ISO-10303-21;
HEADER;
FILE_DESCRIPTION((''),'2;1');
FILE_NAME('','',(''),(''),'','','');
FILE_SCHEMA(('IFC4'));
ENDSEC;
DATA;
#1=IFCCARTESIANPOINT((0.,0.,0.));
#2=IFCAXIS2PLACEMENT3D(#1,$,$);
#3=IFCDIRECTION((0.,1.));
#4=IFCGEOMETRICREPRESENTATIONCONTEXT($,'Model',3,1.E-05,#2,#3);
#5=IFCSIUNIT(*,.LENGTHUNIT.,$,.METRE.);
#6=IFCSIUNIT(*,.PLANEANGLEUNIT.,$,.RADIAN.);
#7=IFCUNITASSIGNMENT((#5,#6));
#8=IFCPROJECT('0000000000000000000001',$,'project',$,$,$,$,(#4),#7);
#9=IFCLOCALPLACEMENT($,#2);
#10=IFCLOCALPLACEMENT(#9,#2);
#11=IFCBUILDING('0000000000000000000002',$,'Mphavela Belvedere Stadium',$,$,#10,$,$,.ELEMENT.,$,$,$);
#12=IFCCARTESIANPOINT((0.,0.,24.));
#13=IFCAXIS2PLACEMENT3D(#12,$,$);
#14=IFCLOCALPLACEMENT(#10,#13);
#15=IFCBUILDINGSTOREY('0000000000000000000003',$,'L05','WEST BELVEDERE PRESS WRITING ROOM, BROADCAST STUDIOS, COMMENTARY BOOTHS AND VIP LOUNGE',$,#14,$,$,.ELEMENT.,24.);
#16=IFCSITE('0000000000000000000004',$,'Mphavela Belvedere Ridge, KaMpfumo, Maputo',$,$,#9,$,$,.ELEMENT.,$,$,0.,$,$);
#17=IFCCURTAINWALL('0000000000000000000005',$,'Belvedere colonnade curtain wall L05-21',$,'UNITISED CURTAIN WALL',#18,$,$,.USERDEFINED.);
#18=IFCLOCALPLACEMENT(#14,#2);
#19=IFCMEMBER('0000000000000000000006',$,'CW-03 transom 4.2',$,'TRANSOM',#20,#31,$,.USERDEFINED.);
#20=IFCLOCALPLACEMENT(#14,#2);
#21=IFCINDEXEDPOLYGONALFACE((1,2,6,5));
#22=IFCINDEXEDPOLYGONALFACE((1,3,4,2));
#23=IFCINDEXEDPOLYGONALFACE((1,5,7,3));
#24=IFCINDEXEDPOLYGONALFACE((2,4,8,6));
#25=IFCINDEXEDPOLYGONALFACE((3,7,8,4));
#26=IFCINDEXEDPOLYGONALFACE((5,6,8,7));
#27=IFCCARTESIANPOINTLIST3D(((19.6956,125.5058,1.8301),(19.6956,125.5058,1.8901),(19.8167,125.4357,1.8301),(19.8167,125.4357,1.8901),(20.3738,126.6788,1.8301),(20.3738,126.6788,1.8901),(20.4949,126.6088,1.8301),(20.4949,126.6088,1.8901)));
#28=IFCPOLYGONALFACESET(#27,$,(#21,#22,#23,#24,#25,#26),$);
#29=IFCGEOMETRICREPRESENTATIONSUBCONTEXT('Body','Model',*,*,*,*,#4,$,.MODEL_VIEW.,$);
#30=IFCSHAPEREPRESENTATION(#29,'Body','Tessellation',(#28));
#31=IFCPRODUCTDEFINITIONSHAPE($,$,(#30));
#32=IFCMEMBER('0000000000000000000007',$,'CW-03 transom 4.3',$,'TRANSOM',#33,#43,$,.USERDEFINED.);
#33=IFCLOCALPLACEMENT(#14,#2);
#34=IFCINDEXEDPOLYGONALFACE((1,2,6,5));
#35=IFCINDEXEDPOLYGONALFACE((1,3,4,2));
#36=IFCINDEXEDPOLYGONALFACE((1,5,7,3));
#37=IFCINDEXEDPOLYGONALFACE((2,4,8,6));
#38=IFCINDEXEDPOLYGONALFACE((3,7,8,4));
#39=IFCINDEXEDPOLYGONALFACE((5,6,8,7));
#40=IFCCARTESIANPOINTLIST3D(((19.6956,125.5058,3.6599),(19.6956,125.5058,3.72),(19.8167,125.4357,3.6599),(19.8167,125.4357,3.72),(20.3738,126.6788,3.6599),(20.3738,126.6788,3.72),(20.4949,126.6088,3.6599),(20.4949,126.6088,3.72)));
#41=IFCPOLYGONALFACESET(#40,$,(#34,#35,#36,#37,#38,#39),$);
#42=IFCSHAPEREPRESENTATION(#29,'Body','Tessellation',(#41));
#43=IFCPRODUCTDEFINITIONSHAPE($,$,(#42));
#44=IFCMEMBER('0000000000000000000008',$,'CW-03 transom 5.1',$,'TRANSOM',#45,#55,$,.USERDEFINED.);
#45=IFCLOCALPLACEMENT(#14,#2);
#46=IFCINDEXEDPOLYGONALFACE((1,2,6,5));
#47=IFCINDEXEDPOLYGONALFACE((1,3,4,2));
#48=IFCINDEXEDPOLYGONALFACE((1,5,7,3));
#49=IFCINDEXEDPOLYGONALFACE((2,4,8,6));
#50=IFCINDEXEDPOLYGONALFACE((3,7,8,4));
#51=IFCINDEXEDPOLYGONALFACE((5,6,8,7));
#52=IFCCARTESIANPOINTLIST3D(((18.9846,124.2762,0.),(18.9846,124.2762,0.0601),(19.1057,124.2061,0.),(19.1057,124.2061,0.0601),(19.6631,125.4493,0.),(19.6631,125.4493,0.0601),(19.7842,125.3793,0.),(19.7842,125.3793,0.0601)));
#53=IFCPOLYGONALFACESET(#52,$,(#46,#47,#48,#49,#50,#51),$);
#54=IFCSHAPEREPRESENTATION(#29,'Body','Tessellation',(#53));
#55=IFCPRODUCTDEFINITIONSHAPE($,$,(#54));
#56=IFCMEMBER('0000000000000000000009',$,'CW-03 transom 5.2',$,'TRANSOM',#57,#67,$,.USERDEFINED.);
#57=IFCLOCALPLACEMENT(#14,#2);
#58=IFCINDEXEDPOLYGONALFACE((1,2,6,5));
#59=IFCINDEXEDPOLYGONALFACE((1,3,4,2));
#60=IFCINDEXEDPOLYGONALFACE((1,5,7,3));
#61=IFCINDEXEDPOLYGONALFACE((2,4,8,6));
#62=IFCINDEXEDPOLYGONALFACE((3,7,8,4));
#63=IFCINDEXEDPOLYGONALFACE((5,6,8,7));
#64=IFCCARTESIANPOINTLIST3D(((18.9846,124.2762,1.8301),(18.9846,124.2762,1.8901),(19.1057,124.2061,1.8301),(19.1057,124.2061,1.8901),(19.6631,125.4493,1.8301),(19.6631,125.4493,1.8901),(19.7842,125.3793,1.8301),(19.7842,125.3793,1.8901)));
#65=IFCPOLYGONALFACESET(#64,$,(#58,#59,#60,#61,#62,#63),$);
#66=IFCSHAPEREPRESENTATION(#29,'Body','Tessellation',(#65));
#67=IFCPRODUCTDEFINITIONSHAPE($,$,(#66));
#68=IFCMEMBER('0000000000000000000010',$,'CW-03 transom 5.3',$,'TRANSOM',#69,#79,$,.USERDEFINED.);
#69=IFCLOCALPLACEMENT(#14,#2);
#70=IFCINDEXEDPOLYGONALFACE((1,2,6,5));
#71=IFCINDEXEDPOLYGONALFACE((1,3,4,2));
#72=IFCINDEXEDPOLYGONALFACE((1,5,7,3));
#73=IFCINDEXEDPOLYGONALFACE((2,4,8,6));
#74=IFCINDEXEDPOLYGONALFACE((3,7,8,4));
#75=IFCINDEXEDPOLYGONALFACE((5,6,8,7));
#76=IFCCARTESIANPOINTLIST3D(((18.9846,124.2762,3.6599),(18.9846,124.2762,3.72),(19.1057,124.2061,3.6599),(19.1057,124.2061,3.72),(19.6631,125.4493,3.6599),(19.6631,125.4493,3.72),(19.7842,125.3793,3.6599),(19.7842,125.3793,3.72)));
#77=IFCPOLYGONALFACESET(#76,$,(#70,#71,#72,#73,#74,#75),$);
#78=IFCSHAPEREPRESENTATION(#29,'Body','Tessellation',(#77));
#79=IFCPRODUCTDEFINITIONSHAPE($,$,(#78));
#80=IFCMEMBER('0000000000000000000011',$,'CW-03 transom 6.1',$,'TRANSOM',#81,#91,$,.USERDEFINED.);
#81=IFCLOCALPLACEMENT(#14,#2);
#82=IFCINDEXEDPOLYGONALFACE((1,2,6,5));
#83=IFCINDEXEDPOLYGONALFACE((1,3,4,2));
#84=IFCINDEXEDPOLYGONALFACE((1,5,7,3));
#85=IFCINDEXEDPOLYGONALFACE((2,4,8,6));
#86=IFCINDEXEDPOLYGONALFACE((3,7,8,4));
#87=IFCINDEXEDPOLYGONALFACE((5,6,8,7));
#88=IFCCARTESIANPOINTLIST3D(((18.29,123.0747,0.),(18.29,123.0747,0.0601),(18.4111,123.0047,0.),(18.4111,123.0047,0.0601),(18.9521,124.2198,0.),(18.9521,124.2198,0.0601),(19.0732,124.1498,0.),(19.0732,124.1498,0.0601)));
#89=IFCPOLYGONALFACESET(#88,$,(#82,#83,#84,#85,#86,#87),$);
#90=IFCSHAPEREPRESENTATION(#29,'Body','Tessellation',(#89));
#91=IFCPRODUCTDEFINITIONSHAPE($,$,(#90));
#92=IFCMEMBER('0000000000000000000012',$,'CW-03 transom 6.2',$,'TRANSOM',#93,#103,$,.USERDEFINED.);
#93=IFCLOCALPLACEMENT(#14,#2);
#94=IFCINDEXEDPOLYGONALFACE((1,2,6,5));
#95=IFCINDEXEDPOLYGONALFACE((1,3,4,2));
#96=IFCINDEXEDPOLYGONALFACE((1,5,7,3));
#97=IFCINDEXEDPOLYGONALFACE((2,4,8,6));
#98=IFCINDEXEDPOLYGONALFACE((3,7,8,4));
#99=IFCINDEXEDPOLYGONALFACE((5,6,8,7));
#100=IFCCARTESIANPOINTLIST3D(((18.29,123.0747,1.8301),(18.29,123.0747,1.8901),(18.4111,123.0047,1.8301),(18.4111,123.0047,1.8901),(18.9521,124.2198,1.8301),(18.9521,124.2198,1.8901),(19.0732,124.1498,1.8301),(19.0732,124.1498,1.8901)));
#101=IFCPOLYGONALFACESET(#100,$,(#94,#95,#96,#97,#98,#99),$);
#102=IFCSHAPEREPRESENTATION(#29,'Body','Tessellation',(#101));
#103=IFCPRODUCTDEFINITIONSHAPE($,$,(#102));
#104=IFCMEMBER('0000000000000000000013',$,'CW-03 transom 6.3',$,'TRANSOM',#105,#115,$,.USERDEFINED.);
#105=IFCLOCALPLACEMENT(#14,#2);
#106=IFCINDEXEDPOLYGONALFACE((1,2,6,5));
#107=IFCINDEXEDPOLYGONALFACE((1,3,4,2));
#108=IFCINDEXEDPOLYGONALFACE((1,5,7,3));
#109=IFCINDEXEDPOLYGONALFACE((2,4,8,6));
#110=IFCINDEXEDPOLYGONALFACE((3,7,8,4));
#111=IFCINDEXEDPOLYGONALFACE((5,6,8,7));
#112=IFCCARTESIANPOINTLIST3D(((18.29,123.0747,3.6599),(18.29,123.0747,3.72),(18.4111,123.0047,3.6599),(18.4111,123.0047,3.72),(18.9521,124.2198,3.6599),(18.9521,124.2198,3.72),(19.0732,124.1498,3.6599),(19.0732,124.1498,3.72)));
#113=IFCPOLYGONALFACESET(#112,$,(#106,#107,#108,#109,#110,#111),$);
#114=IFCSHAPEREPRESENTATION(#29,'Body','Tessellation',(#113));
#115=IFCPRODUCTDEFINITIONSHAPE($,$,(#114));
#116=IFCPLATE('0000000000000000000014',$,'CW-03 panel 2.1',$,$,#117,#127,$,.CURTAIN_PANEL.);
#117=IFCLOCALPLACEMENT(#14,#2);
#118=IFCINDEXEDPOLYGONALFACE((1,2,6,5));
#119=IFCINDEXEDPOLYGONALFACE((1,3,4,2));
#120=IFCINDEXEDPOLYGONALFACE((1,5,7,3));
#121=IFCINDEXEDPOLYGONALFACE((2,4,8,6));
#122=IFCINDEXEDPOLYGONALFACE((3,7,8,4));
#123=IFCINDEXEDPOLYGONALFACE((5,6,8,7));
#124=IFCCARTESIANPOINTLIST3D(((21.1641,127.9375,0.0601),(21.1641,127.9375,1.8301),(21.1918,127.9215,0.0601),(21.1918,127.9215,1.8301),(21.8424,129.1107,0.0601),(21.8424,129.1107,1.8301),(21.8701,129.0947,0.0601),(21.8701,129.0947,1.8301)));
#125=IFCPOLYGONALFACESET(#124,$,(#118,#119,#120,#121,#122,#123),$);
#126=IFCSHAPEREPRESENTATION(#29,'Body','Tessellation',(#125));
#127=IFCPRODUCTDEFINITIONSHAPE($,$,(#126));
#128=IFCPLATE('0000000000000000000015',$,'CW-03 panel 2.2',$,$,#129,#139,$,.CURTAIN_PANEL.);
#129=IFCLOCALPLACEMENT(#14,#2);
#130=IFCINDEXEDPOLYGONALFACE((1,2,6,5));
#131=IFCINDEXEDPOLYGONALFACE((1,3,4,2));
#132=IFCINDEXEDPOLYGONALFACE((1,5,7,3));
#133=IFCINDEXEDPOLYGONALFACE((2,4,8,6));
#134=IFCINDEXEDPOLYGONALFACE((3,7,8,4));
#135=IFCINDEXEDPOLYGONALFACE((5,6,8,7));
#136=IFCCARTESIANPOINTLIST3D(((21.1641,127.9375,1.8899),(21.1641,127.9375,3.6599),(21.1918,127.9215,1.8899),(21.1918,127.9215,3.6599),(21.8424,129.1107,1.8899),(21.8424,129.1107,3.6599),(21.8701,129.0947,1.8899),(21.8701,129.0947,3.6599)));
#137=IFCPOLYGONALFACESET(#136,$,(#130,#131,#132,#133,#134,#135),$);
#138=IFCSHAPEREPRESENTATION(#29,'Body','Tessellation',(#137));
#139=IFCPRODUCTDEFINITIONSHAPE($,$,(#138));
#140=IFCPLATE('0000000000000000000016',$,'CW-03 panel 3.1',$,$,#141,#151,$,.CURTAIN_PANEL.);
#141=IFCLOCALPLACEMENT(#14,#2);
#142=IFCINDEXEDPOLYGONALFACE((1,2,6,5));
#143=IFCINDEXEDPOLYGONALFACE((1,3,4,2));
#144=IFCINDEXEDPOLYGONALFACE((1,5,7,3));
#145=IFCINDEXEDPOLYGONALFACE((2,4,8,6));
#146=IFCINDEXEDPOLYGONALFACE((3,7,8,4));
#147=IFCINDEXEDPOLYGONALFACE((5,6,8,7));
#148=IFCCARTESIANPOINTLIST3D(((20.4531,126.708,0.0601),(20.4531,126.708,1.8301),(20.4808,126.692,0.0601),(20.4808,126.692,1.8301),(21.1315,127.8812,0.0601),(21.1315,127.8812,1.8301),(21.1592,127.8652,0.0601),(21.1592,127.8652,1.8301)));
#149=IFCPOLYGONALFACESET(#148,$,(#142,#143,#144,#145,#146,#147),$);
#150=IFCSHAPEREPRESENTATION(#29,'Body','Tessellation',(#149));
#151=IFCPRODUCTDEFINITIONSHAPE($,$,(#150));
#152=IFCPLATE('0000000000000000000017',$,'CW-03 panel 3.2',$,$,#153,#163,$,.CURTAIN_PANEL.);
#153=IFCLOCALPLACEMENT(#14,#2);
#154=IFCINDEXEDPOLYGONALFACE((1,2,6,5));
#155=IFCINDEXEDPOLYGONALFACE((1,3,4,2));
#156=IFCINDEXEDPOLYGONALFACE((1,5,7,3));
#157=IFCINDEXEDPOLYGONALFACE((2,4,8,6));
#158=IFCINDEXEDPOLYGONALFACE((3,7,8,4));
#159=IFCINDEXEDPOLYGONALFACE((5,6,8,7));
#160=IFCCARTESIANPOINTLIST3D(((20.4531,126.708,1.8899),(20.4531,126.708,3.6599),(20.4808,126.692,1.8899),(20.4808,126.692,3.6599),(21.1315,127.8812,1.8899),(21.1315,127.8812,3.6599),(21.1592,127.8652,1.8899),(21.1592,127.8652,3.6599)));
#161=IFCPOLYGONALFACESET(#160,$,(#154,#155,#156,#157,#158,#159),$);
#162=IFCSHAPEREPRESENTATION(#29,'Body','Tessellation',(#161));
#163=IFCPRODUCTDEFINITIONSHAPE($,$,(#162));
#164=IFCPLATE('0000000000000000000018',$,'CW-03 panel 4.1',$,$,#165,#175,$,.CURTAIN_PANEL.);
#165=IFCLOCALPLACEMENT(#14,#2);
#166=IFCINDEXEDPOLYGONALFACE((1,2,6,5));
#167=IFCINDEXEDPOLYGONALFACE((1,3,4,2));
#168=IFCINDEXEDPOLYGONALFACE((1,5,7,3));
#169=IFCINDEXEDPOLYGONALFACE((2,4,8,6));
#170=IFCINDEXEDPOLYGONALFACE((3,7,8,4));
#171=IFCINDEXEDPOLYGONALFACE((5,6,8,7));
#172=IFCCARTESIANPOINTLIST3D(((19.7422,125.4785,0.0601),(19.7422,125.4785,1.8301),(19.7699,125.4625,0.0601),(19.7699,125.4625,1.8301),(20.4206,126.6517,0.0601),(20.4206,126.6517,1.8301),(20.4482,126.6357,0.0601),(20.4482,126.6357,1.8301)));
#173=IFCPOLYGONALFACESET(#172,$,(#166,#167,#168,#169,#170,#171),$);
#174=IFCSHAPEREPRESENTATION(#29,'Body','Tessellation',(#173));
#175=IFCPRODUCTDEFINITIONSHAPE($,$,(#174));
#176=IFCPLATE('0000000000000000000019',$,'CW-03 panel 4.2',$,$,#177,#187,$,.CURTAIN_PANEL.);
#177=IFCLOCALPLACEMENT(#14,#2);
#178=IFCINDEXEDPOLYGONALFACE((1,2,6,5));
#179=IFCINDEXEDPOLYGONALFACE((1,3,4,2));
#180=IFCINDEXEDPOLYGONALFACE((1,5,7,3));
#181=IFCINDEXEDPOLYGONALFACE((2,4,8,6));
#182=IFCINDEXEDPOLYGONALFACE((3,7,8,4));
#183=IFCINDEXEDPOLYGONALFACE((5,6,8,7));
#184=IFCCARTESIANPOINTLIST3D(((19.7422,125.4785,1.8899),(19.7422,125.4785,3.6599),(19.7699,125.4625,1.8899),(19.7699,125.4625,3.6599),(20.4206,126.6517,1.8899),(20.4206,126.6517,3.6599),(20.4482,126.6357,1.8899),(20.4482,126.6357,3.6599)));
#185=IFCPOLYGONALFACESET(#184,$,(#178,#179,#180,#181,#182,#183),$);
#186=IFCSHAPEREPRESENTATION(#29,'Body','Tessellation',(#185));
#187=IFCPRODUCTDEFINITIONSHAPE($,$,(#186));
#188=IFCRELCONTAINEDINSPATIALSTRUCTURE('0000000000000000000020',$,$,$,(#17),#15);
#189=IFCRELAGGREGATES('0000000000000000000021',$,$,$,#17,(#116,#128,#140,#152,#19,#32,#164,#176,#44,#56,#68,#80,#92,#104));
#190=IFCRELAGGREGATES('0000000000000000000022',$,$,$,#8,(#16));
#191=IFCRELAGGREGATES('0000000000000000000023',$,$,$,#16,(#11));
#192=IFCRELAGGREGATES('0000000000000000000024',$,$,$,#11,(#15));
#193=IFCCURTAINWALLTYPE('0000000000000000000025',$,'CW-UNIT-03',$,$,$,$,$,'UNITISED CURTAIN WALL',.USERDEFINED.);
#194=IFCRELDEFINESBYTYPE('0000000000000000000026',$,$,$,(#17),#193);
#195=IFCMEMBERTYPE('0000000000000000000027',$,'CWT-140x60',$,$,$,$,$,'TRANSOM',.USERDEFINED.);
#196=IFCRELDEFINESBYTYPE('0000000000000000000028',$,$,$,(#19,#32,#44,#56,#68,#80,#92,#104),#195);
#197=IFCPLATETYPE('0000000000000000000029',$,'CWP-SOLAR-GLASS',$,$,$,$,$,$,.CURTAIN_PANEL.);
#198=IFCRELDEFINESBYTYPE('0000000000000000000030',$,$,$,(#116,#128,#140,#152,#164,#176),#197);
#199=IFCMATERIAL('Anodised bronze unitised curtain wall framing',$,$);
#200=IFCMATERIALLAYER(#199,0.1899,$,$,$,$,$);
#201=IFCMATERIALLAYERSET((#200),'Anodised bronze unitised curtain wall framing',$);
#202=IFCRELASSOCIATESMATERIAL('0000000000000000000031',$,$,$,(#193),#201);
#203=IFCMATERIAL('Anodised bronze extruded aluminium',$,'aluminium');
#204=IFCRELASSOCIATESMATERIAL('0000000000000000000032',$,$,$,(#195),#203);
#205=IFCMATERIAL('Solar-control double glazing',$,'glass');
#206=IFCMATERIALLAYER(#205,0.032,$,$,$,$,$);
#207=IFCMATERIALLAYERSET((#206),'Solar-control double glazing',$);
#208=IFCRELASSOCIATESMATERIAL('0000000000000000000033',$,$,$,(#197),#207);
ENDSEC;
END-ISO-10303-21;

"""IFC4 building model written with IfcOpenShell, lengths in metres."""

from ifc_helpers import new_model, si_unit, direction, frame, origin, origin_2d, place, context, subcontext, project, spatial, rectangle, extrude, material, layer, layer_set, material_profile, profile_set, type_object, element, aggregate, save


model = new_model("IFC4")

# Units and contexts
model_context = context("Model", 3, precision=1e-05, world=origin(), true_north=direction((0.0, 1.0)))
body_context = subcontext(model_context, "Body", "Model", "MODEL_VIEW")
ifc_project = project(units=[si_unit("LENGTHUNIT", "METRE"), si_unit("PLANEANGLEUNIT", "RADIAN")], contexts=[model_context])

# Site, building, storey
site_placement = place(None, origin())
site = spatial("IfcSite", under=ifc_project, at=site_placement, Name="Mphavela Belvedere Ridge, KaMpfumo, Maputo", CompositionType="ELEMENT", RefElevation=0.0)
building_placement = place(site_placement, origin())
building = spatial("IfcBuilding", under=site, at=building_placement, Name="Mphavela Belvedere Stadium", CompositionType="ELEMENT")
storey_placement = place(building_placement, frame((0.0, 0.0, 24.0)))
storey = spatial("IfcBuildingStorey", under=building, at=storey_placement, Name="L05", Description="WEST BELVEDERE PRESS WRITING ROOM, BROADCAST STUDIOS, COMMENTARY BOOTHS AND VIP LOUNGE", CompositionType="ELEMENT", Elevation=24.0)

# Curtain wall, members, plates
ifc_material_1 = material(Name="Anodised bronze unitised curtain wall framing")
ifc_layer_1 = layer(ifc_material_1, 0.1899)
ifc_layer_set_1 = layer_set([ifc_layer_1], Name="Anodised bronze unitised curtain wall framing")
curtain_wall_type = type_object("IfcCurtainWallType", Name="CW-UNIT-03", ElementType="UNITISED CURTAIN WALL", PredefinedType="USERDEFINED", material=ifc_layer_set_1)
curtain_wall_placement = place(storey_placement, origin())
curtain_wall = element("IfcCurtainWall", 1, at=curtain_wall_placement, inside=storey, type_object=curtain_wall_type, Name="Belvedere colonnade curtain wall L05-21", ObjectType="UNITISED CURTAIN WALL", PredefinedType="USERDEFINED")
ifc_material_2 = material(Name="Anodised bronze extruded aluminium", Category="aluminium")
ifc_material_profile_1 = material_profile(ifc_material_2, rectangle(XDim=0.1399, YDim=0.0601, at=origin_2d()), Name="CW-TRN 140x60")
ifc_profile_set_1 = profile_set([ifc_material_profile_1], Name="Anodised bronze extruded aluminium")
member_type_1 = type_object("IfcMemberType", Name="CWT-140x60", ElementType="TRANSOM", PredefinedType="USERDEFINED", material=ifc_profile_set_1)
member_1_placement = place(storey_placement, frame((20.4343, 126.6438, 1.8601), z_axis=(-0.500518, -0.865726, 0.0), x_axis=(0.865726, -0.500518, 0.0)))
member_1 = element("IfcMember", 2, at=member_1_placement, type_object=member_type_1, Name="CW-03 transom 4.2", ObjectType="TRANSOM", PredefinedType="USERDEFINED", context=body_context, shape_type="SweptSolid", body=[
    extrude(rectangle(XDim=0.1399, YDim=0.0601, at=origin_2d()), origin(), (0.0, 0.0, 1.0), 1.355),
])
member_2_placement = place(storey_placement, frame((20.4343, 126.6438, 3.6899), z_axis=(-0.500518, -0.865726, 0.0), x_axis=(0.865726, -0.500518, 0.0)))
member_2 = element("IfcMember", 3, at=member_2_placement, type_object=member_type_1, Name="CW-03 transom 4.3", ObjectType="TRANSOM", PredefinedType="USERDEFINED", context=body_context, shape_type="SweptSolid", body=[
    extrude(rectangle(XDim=0.1399, YDim=0.0601, at=origin_2d()), origin(), (0.0, 0.0, 1.0), 1.355),
])
member_3_placement = place(storey_placement, frame((19.7236, 125.4143, 0.03), z_axis=(-0.500653, -0.865648, 0.0), x_axis=(0.865648, -0.500653, 0.0)))
member_3 = element("IfcMember", 4, at=member_3_placement, type_object=member_type_1, Name="CW-03 transom 5.1", ObjectType="TRANSOM", PredefinedType="USERDEFINED", context=body_context, shape_type="SweptSolid", body=[
    extrude(rectangle(XDim=0.1399, YDim=0.0601, at=origin_2d()), origin(), (0.0, 0.0, 1.0), 1.3552),
])
member_4_placement = place(storey_placement, frame((19.7236, 125.4143, 1.8601), z_axis=(-0.500653, -0.865648, 0.0), x_axis=(0.865648, -0.500653, 0.0)))
member_4 = element("IfcMember", 5, at=member_4_placement, type_object=member_type_1, Name="CW-03 transom 5.2", ObjectType="TRANSOM", PredefinedType="USERDEFINED", context=body_context, shape_type="SweptSolid", body=[
    extrude(rectangle(XDim=0.1399, YDim=0.0601, at=origin_2d()), origin(), (0.0, 0.0, 1.0), 1.3552),
])
member_5_placement = place(storey_placement, frame((19.7236, 125.4143, 3.6899), z_axis=(-0.500653, -0.865648, 0.0), x_axis=(0.865648, -0.500653, 0.0)))
member_5 = element("IfcMember", 6, at=member_5_placement, type_object=member_type_1, Name="CW-03 transom 5.3", ObjectType="TRANSOM", PredefinedType="USERDEFINED", context=body_context, shape_type="SweptSolid", body=[
    extrude(rectangle(XDim=0.1399, YDim=0.0601, at=origin_2d()), origin(), (0.0, 0.0, 1.0), 1.3552),
])
member_6_placement = place(storey_placement, frame((19.0127, 124.1848, 0.03), z_axis=(-0.500585, -0.865687, 0.0), x_axis=(0.865687, -0.500585, 0.0)))
member_6 = element("IfcMember", 7, at=member_6_placement, type_object=member_type_1, Name="CW-03 transom 6.1", ObjectType="TRANSOM", PredefinedType="USERDEFINED", context=body_context, shape_type="SweptSolid", body=[
    extrude(rectangle(XDim=0.1399, YDim=0.0601, at=origin_2d()), origin(), (0.0, 0.0, 1.0), 1.3228),
])
member_7_placement = place(storey_placement, frame((19.0127, 124.1848, 1.8601), z_axis=(-0.500585, -0.865687, 0.0), x_axis=(0.865687, -0.500585, 0.0)))
member_7 = element("IfcMember", 8, at=member_7_placement, type_object=member_type_1, Name="CW-03 transom 6.2", ObjectType="TRANSOM", PredefinedType="USERDEFINED", context=body_context, shape_type="SweptSolid", body=[
    extrude(rectangle(XDim=0.1399, YDim=0.0601, at=origin_2d()), origin(), (0.0, 0.0, 1.0), 1.3228),
])
member_8_placement = place(storey_placement, frame((19.0127, 124.1848, 3.6899), z_axis=(-0.500585, -0.865687, 0.0), x_axis=(0.865687, -0.500585, 0.0)))
member_8 = element("IfcMember", 9, at=member_8_placement, type_object=member_type_1, Name="CW-03 transom 6.3", ObjectType="TRANSOM", PredefinedType="USERDEFINED", context=body_context, shape_type="SweptSolid", body=[
    extrude(rectangle(XDim=0.1399, YDim=0.0601, at=origin_2d()), origin(), (0.0, 0.0, 1.0), 1.3228),
])
ifc_material_3 = material(Name="Solar-control double glazing", Category="glass")
ifc_layer_2 = layer(ifc_material_3, 0.032)
ifc_layer_set_2 = layer_set([ifc_layer_2], Name="Solar-control double glazing")
plate_type = type_object("IfcPlateType", Name="CWP-SOLAR-GLASS", PredefinedType="CURTAIN_PANEL", material=ifc_layer_set_2)
plate_1_placement = place(storey_placement, frame((21.5171, 128.5161, 0.0601), z_axis=(0.0, 0.0, 1.0), x_axis=(-0.500556, -0.865704, 0.0)))
plate_1 = element("IfcPlate", 10, at=plate_1_placement, type_object=plate_type, Name="CW-03 panel 2.1", PredefinedType="CURTAIN_PANEL", context=body_context, shape_type="SweptSolid", body=[
    extrude(rectangle(XDim=1.3552, YDim=0.032, at=origin_2d()), origin(), (0.0, 0.0, 1.0), 1.77),
])
plate_2_placement = place(storey_placement, frame((21.5171, 128.5161, 1.8899), z_axis=(0.0, 0.0, 1.0), x_axis=(-0.500556, -0.865704, 0.0)))
plate_2 = element("IfcPlate", 11, at=plate_2_placement, type_object=plate_type, Name="CW-03 panel 2.2", PredefinedType="CURTAIN_PANEL", context=body_context, shape_type="SweptSolid", body=[
    extrude(rectangle(XDim=1.3552, YDim=0.032, at=origin_2d()), origin(), (0.0, 0.0, 1.0), 1.77),
])
plate_3_placement = place(storey_placement, frame((20.8062, 127.2866, 0.0601), z_axis=(0.0, 0.0, 1.0), x_axis=(-0.500556, -0.865704, 0.0)))
plate_3 = element("IfcPlate", 12, at=plate_3_placement, type_object=plate_type, Name="CW-03 panel 3.1", PredefinedType="CURTAIN_PANEL", context=body_context, shape_type="SweptSolid", body=[
    extrude(rectangle(XDim=1.3552, YDim=0.032, at=origin_2d()), origin(), (0.0, 0.0, 1.0), 1.77),
])
plate_4_placement = place(storey_placement, frame((20.8062, 127.2866, 1.8899), z_axis=(0.0, 0.0, 1.0), x_axis=(-0.500556, -0.865704, 0.0)))
plate_4 = element("IfcPlate", 13, at=plate_4_placement, type_object=plate_type, Name="CW-03 panel 3.2", PredefinedType="CURTAIN_PANEL", context=body_context, shape_type="SweptSolid", body=[
    extrude(rectangle(XDim=1.3552, YDim=0.032, at=origin_2d()), origin(), (0.0, 0.0, 1.0), 1.77),
])
plate_5_placement = place(storey_placement, frame((20.0952, 126.0571, 0.0601), z_axis=(0.0, 0.0, 1.0), x_axis=(-0.500556, -0.865704, 0.0)))
plate_5 = element("IfcPlate", 14, at=plate_5_placement, type_object=plate_type, Name="CW-03 panel 4.1", PredefinedType="CURTAIN_PANEL", context=body_context, shape_type="SweptSolid", body=[
    extrude(rectangle(XDim=1.3552, YDim=0.032, at=origin_2d()), origin(), (0.0, 0.0, 1.0), 1.77),
])
plate_6_placement = place(storey_placement, frame((20.0952, 126.0571, 1.8899), z_axis=(0.0, 0.0, 1.0), x_axis=(-0.500556, -0.865704, 0.0)))
plate_6 = element("IfcPlate", 15, at=plate_6_placement, type_object=plate_type, Name="CW-03 panel 4.2", PredefinedType="CURTAIN_PANEL", context=body_context, shape_type="SweptSolid", body=[
    extrude(rectangle(XDim=1.3552, YDim=0.032, at=origin_2d()), origin(), (0.0, 0.0, 1.0), 1.77),
])
aggregate(curtain_wall, [plate_1, plate_2, plate_3, plate_4, member_1, member_2, plate_5, plate_6, member_3, member_4, member_5, member_6, member_7, member_8])

save(model, "model.ifc")
